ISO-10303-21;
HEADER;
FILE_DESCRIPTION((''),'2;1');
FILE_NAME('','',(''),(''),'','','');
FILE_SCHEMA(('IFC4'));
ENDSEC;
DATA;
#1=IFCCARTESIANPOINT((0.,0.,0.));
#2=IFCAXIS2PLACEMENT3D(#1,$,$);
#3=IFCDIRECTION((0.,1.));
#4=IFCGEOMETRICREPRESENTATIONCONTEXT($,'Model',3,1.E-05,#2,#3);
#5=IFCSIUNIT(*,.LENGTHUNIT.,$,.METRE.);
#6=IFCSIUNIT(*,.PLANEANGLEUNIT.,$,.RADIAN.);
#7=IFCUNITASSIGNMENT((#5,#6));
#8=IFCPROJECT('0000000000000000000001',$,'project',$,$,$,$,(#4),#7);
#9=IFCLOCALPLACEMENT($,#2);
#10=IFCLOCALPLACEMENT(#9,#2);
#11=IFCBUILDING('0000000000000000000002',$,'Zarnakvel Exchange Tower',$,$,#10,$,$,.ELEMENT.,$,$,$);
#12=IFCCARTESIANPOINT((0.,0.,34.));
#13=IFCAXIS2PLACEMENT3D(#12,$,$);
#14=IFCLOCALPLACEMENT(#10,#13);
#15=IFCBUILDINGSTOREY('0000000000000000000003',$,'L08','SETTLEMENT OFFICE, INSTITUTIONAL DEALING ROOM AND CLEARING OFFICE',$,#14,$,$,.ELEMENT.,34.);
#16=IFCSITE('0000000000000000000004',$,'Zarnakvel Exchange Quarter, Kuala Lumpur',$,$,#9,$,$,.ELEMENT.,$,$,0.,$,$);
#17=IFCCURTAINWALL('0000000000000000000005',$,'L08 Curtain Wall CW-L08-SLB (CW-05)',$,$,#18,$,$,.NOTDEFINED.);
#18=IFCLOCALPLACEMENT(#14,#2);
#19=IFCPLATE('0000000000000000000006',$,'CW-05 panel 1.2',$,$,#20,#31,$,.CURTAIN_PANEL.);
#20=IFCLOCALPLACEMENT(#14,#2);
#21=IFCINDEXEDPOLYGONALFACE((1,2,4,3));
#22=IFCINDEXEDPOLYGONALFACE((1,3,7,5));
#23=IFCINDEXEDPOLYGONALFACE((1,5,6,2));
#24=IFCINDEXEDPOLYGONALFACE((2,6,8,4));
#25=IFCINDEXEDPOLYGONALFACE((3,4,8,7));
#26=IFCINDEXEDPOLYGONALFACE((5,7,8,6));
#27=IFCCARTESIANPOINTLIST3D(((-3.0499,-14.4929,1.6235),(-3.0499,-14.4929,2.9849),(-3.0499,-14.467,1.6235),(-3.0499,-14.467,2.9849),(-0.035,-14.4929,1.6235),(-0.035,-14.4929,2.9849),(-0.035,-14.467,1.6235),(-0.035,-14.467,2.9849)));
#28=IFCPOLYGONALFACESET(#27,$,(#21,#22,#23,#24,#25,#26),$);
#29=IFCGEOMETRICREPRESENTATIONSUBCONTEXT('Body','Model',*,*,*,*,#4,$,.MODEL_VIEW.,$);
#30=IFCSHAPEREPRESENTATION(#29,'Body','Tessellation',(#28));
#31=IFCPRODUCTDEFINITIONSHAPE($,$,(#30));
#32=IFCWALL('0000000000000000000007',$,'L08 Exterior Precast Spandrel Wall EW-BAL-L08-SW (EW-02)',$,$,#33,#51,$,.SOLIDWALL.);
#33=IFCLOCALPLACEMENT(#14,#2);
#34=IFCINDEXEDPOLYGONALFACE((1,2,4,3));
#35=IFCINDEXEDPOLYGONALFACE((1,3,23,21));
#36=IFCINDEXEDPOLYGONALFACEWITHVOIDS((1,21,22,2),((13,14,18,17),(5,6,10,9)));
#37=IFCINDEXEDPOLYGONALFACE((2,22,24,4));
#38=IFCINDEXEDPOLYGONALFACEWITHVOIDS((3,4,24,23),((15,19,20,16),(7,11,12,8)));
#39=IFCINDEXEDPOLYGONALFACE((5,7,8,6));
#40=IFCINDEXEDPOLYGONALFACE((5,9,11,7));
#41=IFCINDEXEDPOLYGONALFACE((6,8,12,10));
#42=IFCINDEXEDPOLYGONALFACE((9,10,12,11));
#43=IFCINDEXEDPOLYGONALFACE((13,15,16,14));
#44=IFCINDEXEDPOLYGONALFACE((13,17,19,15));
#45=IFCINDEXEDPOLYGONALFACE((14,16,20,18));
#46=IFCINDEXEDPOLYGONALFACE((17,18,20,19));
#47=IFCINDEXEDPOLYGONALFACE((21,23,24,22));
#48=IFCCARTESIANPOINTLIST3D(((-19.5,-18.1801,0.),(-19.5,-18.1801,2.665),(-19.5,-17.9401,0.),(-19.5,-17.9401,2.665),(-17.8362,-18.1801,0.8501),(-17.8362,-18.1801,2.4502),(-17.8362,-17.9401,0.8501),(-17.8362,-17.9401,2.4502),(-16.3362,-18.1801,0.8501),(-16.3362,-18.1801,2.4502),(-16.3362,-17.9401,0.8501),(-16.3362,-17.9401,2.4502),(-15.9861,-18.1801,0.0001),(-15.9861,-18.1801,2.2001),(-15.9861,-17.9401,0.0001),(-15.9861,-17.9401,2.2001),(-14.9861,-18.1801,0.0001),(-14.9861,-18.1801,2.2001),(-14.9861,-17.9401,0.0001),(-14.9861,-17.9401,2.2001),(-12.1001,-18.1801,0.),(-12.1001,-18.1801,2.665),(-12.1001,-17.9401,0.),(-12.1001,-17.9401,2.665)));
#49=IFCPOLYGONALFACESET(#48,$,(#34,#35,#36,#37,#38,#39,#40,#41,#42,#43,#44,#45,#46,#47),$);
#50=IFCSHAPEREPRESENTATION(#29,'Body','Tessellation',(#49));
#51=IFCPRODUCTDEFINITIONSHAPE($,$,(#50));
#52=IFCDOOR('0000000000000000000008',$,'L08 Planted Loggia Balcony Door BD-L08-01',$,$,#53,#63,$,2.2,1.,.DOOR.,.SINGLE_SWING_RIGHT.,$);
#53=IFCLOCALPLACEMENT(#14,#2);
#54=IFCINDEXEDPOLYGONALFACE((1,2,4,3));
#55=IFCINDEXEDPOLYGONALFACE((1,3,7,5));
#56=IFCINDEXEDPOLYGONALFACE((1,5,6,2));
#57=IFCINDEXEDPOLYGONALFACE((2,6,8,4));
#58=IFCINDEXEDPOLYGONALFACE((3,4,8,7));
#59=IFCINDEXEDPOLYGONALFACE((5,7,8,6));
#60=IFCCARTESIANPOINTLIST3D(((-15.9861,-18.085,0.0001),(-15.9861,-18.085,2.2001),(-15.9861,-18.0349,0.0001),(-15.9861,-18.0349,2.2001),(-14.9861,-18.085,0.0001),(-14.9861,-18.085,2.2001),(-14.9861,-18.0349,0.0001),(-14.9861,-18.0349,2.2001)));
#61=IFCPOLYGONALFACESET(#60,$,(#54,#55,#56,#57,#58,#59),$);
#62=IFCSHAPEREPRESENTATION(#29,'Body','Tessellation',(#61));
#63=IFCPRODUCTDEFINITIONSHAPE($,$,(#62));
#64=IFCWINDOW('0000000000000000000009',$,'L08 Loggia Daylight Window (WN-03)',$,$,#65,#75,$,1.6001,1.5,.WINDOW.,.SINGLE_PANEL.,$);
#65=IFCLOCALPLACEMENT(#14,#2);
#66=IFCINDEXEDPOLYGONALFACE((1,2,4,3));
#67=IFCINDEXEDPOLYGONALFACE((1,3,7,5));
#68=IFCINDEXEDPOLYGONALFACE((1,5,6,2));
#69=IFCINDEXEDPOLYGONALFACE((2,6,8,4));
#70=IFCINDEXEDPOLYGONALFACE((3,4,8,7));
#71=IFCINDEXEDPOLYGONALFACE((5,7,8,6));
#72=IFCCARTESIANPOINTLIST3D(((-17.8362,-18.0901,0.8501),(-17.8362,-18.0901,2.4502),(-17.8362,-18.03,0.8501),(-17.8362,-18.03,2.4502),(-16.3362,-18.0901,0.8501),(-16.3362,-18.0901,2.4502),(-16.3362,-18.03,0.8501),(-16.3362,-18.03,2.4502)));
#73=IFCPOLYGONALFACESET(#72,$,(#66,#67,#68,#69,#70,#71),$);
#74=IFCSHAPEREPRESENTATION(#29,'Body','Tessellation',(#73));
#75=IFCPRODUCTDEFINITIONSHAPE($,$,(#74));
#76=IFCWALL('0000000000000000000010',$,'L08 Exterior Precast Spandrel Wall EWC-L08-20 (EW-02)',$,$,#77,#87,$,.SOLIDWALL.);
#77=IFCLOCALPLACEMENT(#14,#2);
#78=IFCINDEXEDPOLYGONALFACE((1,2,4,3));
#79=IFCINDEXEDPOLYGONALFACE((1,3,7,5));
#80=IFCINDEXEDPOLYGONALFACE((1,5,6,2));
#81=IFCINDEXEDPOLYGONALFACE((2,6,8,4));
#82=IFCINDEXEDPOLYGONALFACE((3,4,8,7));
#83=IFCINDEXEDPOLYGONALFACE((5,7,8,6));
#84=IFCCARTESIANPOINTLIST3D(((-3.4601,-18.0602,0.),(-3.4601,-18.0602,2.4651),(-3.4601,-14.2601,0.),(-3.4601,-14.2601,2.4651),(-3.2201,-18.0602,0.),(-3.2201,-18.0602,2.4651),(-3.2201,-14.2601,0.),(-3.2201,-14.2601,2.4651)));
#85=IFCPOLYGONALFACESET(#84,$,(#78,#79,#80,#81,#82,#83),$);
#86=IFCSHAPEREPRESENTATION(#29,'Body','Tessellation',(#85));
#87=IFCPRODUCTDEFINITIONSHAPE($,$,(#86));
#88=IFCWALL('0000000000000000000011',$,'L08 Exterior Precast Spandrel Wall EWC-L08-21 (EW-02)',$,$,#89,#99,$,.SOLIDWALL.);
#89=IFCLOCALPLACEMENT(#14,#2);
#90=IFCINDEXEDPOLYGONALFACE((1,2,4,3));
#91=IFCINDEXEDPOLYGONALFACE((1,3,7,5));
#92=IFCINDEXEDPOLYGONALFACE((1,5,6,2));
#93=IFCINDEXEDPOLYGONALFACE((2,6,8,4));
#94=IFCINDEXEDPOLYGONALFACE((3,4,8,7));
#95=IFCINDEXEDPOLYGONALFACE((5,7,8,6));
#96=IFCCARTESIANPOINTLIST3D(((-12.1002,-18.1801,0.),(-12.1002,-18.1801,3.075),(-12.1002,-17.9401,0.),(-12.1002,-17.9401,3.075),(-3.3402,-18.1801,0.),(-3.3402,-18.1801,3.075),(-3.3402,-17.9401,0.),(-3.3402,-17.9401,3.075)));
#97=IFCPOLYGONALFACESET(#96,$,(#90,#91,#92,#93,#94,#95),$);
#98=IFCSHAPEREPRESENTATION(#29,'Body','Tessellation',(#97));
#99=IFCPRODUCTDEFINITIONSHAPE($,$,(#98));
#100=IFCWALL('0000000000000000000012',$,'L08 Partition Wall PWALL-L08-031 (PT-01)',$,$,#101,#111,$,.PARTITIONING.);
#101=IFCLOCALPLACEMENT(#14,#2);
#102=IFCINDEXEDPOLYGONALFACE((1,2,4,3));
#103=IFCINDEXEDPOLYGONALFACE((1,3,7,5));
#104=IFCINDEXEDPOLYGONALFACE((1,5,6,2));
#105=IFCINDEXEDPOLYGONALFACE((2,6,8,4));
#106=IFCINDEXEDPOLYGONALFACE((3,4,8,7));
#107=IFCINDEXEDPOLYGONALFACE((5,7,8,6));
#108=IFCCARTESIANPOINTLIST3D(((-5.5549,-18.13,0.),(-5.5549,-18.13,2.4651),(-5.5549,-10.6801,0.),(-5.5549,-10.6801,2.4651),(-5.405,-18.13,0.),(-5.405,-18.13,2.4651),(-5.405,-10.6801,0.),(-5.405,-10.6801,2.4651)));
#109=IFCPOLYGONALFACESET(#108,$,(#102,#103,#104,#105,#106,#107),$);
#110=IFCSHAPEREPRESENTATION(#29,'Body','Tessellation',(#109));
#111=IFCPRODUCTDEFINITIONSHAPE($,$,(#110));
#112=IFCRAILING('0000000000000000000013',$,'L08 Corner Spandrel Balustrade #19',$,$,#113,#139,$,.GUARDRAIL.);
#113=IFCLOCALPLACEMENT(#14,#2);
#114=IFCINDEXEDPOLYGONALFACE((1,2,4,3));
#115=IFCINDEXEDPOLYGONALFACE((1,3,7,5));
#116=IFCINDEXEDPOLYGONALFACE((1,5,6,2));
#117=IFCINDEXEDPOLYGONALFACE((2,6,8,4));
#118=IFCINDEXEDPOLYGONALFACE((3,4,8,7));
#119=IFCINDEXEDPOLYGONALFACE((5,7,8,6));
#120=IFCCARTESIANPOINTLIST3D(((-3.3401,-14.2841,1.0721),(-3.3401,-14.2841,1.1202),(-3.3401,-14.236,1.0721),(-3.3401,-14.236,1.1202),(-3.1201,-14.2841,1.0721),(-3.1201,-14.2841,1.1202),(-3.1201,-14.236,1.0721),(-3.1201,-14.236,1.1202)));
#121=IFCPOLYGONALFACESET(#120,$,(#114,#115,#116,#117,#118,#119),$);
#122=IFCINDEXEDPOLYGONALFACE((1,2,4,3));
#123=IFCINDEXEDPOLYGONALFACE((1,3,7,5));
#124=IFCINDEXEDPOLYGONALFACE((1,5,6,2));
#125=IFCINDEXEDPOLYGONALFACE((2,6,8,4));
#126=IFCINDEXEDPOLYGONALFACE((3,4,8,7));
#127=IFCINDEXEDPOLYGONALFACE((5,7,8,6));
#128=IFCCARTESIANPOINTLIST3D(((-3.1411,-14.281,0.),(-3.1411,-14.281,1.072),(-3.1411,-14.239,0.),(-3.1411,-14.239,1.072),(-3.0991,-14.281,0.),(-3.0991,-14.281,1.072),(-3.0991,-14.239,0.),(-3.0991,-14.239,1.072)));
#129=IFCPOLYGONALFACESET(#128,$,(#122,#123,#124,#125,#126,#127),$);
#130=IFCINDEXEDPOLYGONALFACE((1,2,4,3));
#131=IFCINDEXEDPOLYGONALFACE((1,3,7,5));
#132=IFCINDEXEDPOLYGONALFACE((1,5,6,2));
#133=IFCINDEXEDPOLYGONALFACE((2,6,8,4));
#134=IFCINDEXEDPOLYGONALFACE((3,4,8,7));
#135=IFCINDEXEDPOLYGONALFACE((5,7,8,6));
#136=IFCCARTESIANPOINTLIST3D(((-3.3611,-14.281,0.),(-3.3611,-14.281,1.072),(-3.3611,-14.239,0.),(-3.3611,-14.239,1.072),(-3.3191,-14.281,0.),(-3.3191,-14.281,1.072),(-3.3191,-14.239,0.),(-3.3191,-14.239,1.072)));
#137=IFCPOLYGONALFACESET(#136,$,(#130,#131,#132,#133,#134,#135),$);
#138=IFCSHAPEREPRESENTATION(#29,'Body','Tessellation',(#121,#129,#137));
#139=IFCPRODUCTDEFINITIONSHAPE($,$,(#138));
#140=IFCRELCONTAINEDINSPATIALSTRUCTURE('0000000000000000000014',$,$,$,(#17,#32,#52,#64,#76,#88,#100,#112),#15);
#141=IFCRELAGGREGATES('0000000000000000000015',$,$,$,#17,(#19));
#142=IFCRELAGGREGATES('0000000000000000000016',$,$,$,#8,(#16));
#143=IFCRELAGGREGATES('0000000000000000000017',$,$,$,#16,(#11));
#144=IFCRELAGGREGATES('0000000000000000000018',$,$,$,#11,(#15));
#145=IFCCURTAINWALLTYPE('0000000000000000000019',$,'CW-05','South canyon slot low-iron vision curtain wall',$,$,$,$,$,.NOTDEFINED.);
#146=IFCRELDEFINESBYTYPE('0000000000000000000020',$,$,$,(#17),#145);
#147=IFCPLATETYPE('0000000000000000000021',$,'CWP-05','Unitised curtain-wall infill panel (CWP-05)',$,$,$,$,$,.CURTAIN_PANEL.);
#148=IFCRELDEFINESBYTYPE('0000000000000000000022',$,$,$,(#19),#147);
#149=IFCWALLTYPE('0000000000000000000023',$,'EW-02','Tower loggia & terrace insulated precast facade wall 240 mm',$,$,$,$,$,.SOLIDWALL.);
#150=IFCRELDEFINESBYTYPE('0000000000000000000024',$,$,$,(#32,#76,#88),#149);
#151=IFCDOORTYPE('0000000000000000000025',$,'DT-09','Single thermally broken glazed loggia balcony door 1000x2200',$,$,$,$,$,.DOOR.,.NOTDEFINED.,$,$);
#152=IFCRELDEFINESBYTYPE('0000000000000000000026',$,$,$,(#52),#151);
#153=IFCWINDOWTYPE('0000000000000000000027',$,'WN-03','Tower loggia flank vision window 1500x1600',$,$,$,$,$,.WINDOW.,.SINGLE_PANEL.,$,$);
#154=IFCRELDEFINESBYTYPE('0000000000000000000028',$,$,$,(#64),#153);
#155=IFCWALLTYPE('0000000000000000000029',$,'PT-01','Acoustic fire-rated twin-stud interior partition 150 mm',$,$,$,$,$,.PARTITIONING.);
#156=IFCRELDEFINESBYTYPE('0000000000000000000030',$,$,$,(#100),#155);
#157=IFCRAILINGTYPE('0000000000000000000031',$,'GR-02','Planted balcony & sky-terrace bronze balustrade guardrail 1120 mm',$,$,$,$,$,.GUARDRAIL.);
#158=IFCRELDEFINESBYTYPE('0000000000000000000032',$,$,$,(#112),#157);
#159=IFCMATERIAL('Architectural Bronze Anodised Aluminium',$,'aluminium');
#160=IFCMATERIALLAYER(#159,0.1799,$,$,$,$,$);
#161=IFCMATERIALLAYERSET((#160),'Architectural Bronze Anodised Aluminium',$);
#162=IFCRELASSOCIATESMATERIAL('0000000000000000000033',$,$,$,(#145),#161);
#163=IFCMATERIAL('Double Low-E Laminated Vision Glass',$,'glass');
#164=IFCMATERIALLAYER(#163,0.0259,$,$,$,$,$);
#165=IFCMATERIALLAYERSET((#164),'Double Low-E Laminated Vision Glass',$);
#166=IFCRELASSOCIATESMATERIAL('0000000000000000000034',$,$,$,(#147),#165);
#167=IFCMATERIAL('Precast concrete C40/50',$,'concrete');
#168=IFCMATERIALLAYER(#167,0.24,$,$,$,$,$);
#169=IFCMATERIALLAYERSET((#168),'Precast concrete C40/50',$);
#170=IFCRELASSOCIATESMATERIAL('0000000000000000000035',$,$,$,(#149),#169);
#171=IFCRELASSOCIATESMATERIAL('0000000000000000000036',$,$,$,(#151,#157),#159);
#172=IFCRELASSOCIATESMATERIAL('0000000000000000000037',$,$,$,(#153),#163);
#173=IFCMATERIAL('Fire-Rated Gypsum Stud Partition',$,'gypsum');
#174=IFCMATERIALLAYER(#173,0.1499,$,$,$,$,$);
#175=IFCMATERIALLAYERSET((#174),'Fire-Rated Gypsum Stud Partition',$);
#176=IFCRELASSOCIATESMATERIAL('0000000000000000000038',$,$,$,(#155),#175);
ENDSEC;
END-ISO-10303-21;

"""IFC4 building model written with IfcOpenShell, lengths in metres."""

from ifc_helpers import new_model, si_unit, direction, frame, frame_2d, origin, origin_2d, place, context, subcontext, project, spatial, rectangle, extrude, source, transform, mapped, material, layer, layer_set, type_object, element, fill, aggregate, save


model = new_model("IFC4")

# Units and contexts
model_context = context("Model", 3, precision=1e-05, world=origin(), true_north=direction((0.0, 1.0)))
body_context = subcontext(model_context, "Body", "Model", "MODEL_VIEW")
ifc_project = project(units=[si_unit("LENGTHUNIT", "METRE"), si_unit("PLANEANGLEUNIT", "RADIAN")], contexts=[model_context])

# Site, building, storey
site_placement = place(None, origin())
site = spatial("IfcSite", under=ifc_project, at=site_placement, Name="Zarnakvel Exchange Quarter, Kuala Lumpur", CompositionType="ELEMENT", RefElevation=0.0)
building_placement = place(site_placement, origin())
building = spatial("IfcBuilding", under=site, at=building_placement, Name="Zarnakvel Exchange Tower", CompositionType="ELEMENT")
storey_placement = place(building_placement, frame((0.0, 0.0, 34.0)))
storey = spatial("IfcBuildingStorey", under=building, at=storey_placement, Name="L08", Description="SETTLEMENT OFFICE, INSTITUTIONAL DEALING ROOM AND CLEARING OFFICE", CompositionType="ELEMENT", Elevation=34.0)

# Curtain wall
ifc_material_1 = material(Name="Architectural Bronze Anodised Aluminium", Category="aluminium")
ifc_layer_1 = layer(ifc_material_1, 0.1799)
ifc_layer_set_1 = layer_set([ifc_layer_1], Name="Architectural Bronze Anodised Aluminium")
curtain_wall_type = type_object("IfcCurtainWallType", Name="CW-05", Description="South canyon slot low-iron vision curtain wall", PredefinedType="NOTDEFINED", material=ifc_layer_set_1)
curtain_wall_1_placement = place(storey_placement, origin())
curtain_wall_1 = element("IfcCurtainWall", 1, at=curtain_wall_1_placement, inside=storey, type_object=curtain_wall_type, Name="L08 Curtain Wall CW-L08-SLB (CW-05)", PredefinedType="NOTDEFINED")

# Plate
ifc_material_2 = material(Name="Double Low-E Laminated Vision Glass", Category="glass")
ifc_layer_2 = layer(ifc_material_2, 0.0259)
ifc_layer_set_2 = layer_set([ifc_layer_2], Name="Double Low-E Laminated Vision Glass")
plate_type = type_object("IfcPlateType", Name="CWP-05", Description="Unitised curtain-wall infill panel (CWP-05)", PredefinedType="CURTAIN_PANEL", material=ifc_layer_set_2)
shared_shape_1 = source(origin(), body_context, "Body", "SweptSolid", [
    extrude(rectangle(XDim=3.0149, YDim=0.0259, at=origin_2d()), origin(), (0.0, 0.0, 1.0), 1.3613),
])
plate_1_placement = place(storey_placement, frame((-1.5425, -14.48, 1.6235), z_axis=(0.0, 0.0, 1.0), x_axis=(1.0, 0.0, 0.0)))
plate_1 = element("IfcPlate", 2, at=plate_1_placement, type_object=plate_type, Name="CW-05 panel 1.2", PredefinedType="CURTAIN_PANEL", context=body_context, shape_type="MappedRepresentation", body=[
    mapped(shared_shape_1, transform((0.0, 0.0, 0.0), x_axis=(1.0, 0.0, 0.0), y_axis=(0.0, 1.0, 0.0), z_axis=(0.0, 0.0, 1.0), scale=1.0)),
])
aggregate(curtain_wall_1, [plate_1])

# Wall, openings, door, window
ifc_material_3 = material(Name="Precast concrete C40/50", Category="concrete")
ifc_layer_3 = layer(ifc_material_3, 0.24)
ifc_layer_set_3 = layer_set([ifc_layer_3], Name="Precast concrete C40/50")
wall_type_1 = type_object("IfcWallType", Name="EW-02", Description="Tower loggia & terrace insulated precast facade wall 240 mm", PredefinedType="SOLIDWALL", material=ifc_layer_set_3)
wall_1_placement = place(storey_placement, frame((-12.1001, -18.0601, 0.0), z_axis=(0.0, 0.0, 1.0), x_axis=(-1.0, 0.0, 0.0)))
wall_1 = element("IfcWall", 3, at=wall_1_placement, inside=storey, type_object=wall_type_1, Name="L08 Exterior Precast Spandrel Wall EW-BAL-L08-SW (EW-02)", PredefinedType="SOLIDWALL", context=body_context, shape_type="SweptSolid", body=[
    extrude(rectangle(XDim=7.3999, YDim=0.24, at=frame_2d((3.7, 0.0))), origin(), (0.0, 0.0, 1.0), 2.665),
])
opening_1_placement = place(wall_1_placement, frame((2.886, 0.0, 0.0)))
opening_1 = element("IfcOpeningElement", 4, at=opening_1_placement, cuts=wall_1, PredefinedType="OPENING", context=body_context, shape_type="SweptSolid", body=[
    extrude(rectangle(XDim=1.0, YDim=2.2, at=frame_2d((0.5, 1.1001))), frame((0.0, 0.1299, 0.0), z_axis=(0.0, -1.0, 0.0), x_axis=(1.0, 0.0, 0.0)), (0.0, 0.0, 1.0), 0.26),
])
opening_2_placement = place(wall_1_placement, frame((4.2361, 0.0, 0.8501)))
opening_2 = element("IfcOpeningElement", 5, at=opening_2_placement, cuts=wall_1, PredefinedType="OPENING", context=body_context, shape_type="SweptSolid", body=[
    extrude(rectangle(XDim=1.5, YDim=1.6001, at=frame_2d((0.75, 0.8))), frame((0.0, 0.1299, 0.0), z_axis=(0.0, -1.0, 0.0), x_axis=(1.0, 0.0, 0.0)), (0.0, 0.0, 1.0), 0.26),
])
door_type = type_object("IfcDoorType", Name="DT-09", Description="Single thermally broken glazed loggia balcony door 1000x2200", OperationType="NOTDEFINED", PredefinedType="DOOR", material=ifc_material_1)
shared_shape_2 = source(origin(), body_context, "Body", "SweptSolid", [
    extrude(rectangle(XDim=1.0, YDim=2.2, at=frame_2d((0.5, 1.1001))), frame((0.0, 0.0249, 0.0), z_axis=(0.0, -1.0, 0.0), x_axis=(1.0, 0.0, 0.0)), (0.0, 0.0, 1.0), 0.05),
])
door_placement = place(opening_1_placement, origin())
door = element("IfcDoor", 6, at=door_placement, inside=storey, type_object=door_type, Name="L08 Planted Loggia Balcony Door BD-L08-01", OperationType="SINGLE_SWING_RIGHT", OverallHeight=2.2, OverallWidth=1.0, PredefinedType="DOOR", context=body_context, shape_type="MappedRepresentation", body=[
    mapped(shared_shape_2, transform((0.0, 0.0, 0.0), x_axis=(1.0, 0.0, 0.0), y_axis=(0.0, 1.0, 0.0), z_axis=(0.0, 0.0, 1.0), scale=1.0)),
])
fill(opening_1, door)
window_type = type_object("IfcWindowType", Name="WN-03", Description="Tower loggia flank vision window 1500x1600", PartitioningType="SINGLE_PANEL", PredefinedType="WINDOW", material=ifc_material_2)
shared_shape_3 = source(origin(), body_context, "Body", "SweptSolid", [
    extrude(rectangle(XDim=1.5, YDim=1.6001, at=frame_2d((0.75, 0.8))), frame((0.0, 0.03, 0.0), z_axis=(0.0, -1.0, 0.0), x_axis=(1.0, 0.0, 0.0)), (0.0, 0.0, 1.0), 0.0601),
])
window_placement = place(opening_2_placement, origin())
window = element("IfcWindow", 7, at=window_placement, inside=storey, type_object=window_type, Name="L08 Loggia Daylight Window (WN-03)", OverallHeight=1.6001, OverallWidth=1.5, PartitioningType="SINGLE_PANEL", PredefinedType="WINDOW", context=body_context, shape_type="MappedRepresentation", body=[
    mapped(shared_shape_3, transform((0.0, 0.0, 0.0), x_axis=(1.0, 0.0, 0.0), y_axis=(0.0, 1.0, 0.0), z_axis=(0.0, 0.0, 1.0), scale=1.0)),
])
fill(opening_2, window)

# Walls
wall_2_placement = place(storey_placement, frame((-3.3401, -18.0601, 0.0), z_axis=(0.0, 0.0, 1.0), x_axis=(0.0, 1.0, 0.0)))
element("IfcWall", 8, at=wall_2_placement, inside=storey, type_object=wall_type_1, Name="L08 Exterior Precast Spandrel Wall EWC-L08-20 (EW-02)", PredefinedType="SOLIDWALL", context=body_context, shape_type="SweptSolid", body=[
    extrude(rectangle(XDim=3.8, YDim=0.24, at=frame_2d((1.8999, 0.0))), origin(), (0.0, 0.0, 1.0), 2.4651),
])
wall_3_placement = place(storey_placement, frame((-12.1001, -18.0601, 0.0), z_axis=(0.0, 0.0, 1.0), x_axis=(1.0, 0.0, 0.0)))
element("IfcWall", 9, at=wall_3_placement, inside=storey, type_object=wall_type_1, Name="L08 Exterior Precast Spandrel Wall EWC-L08-21 (EW-02)", PredefinedType="SOLIDWALL", context=body_context, shape_type="SweptSolid", body=[
    extrude(rectangle(XDim=8.76, YDim=0.24, at=frame_2d((4.3799, 0.0))), origin(), (0.0, 0.0, 1.0), 3.075),
])
ifc_material_4 = material(Name="Fire-Rated Gypsum Stud Partition", Category="gypsum")
ifc_layer_4 = layer(ifc_material_4, 0.1499)
ifc_layer_set_4 = layer_set([ifc_layer_4], Name="Fire-Rated Gypsum Stud Partition")
wall_type_2 = type_object("IfcWallType", Name="PT-01", Description="Acoustic fire-rated twin-stud interior partition 150 mm", PredefinedType="PARTITIONING", material=ifc_layer_set_4)
wall_4_placement = place(storey_placement, frame((-5.48, -10.6799, 0.0), z_axis=(0.0, 0.0, 1.0), x_axis=(0.0, -1.0, 0.0)))
element("IfcWall", 10, at=wall_4_placement, inside=storey, type_object=wall_type_2, Name="L08 Partition Wall PWALL-L08-031 (PT-01)", PredefinedType="PARTITIONING", context=body_context, shape_type="SweptSolid", body=[
    extrude(rectangle(XDim=7.45, YDim=0.1499, at=frame_2d((3.7251, 0.0))), origin(), (0.0, 0.0, 1.0), 2.4651),
])

# Railing
railing_type = type_object("IfcRailingType", Name="GR-02", Description="Planted balcony & sky-terrace bronze balustrade guardrail 1120 mm", PredefinedType="GUARDRAIL", material=ifc_material_1)
railing_placement = place(storey_placement, frame((-3.1201, -14.26, 0.0)))
element("IfcRailing", 11, at=railing_placement, inside=storey, type_object=railing_type, Name="L08 Corner Spandrel Balustrade #19", PredefinedType="GUARDRAIL", context=body_context, shape_type="SweptSolid", body=[
    extrude(rectangle(XDim=0.0481, YDim=0.0481, at=origin_2d()), frame((0.0, 0.0, 1.0962), z_axis=(-1.0, 0.0, 0.0), x_axis=(0.0, -1.0, 0.0)), (0.0, 0.0, 1.0), 0.22),
    extrude(rectangle(XDim=0.042, YDim=0.042, at=origin_2d()), origin(), (0.0, 0.0, 1.0), 1.072),
    extrude(rectangle(XDim=0.042, YDim=0.042, at=origin_2d()), frame((-0.22, 0.0, 0.0)), (0.0, 0.0, 1.0), 1.072),
])

save(model, "model.ifc")
